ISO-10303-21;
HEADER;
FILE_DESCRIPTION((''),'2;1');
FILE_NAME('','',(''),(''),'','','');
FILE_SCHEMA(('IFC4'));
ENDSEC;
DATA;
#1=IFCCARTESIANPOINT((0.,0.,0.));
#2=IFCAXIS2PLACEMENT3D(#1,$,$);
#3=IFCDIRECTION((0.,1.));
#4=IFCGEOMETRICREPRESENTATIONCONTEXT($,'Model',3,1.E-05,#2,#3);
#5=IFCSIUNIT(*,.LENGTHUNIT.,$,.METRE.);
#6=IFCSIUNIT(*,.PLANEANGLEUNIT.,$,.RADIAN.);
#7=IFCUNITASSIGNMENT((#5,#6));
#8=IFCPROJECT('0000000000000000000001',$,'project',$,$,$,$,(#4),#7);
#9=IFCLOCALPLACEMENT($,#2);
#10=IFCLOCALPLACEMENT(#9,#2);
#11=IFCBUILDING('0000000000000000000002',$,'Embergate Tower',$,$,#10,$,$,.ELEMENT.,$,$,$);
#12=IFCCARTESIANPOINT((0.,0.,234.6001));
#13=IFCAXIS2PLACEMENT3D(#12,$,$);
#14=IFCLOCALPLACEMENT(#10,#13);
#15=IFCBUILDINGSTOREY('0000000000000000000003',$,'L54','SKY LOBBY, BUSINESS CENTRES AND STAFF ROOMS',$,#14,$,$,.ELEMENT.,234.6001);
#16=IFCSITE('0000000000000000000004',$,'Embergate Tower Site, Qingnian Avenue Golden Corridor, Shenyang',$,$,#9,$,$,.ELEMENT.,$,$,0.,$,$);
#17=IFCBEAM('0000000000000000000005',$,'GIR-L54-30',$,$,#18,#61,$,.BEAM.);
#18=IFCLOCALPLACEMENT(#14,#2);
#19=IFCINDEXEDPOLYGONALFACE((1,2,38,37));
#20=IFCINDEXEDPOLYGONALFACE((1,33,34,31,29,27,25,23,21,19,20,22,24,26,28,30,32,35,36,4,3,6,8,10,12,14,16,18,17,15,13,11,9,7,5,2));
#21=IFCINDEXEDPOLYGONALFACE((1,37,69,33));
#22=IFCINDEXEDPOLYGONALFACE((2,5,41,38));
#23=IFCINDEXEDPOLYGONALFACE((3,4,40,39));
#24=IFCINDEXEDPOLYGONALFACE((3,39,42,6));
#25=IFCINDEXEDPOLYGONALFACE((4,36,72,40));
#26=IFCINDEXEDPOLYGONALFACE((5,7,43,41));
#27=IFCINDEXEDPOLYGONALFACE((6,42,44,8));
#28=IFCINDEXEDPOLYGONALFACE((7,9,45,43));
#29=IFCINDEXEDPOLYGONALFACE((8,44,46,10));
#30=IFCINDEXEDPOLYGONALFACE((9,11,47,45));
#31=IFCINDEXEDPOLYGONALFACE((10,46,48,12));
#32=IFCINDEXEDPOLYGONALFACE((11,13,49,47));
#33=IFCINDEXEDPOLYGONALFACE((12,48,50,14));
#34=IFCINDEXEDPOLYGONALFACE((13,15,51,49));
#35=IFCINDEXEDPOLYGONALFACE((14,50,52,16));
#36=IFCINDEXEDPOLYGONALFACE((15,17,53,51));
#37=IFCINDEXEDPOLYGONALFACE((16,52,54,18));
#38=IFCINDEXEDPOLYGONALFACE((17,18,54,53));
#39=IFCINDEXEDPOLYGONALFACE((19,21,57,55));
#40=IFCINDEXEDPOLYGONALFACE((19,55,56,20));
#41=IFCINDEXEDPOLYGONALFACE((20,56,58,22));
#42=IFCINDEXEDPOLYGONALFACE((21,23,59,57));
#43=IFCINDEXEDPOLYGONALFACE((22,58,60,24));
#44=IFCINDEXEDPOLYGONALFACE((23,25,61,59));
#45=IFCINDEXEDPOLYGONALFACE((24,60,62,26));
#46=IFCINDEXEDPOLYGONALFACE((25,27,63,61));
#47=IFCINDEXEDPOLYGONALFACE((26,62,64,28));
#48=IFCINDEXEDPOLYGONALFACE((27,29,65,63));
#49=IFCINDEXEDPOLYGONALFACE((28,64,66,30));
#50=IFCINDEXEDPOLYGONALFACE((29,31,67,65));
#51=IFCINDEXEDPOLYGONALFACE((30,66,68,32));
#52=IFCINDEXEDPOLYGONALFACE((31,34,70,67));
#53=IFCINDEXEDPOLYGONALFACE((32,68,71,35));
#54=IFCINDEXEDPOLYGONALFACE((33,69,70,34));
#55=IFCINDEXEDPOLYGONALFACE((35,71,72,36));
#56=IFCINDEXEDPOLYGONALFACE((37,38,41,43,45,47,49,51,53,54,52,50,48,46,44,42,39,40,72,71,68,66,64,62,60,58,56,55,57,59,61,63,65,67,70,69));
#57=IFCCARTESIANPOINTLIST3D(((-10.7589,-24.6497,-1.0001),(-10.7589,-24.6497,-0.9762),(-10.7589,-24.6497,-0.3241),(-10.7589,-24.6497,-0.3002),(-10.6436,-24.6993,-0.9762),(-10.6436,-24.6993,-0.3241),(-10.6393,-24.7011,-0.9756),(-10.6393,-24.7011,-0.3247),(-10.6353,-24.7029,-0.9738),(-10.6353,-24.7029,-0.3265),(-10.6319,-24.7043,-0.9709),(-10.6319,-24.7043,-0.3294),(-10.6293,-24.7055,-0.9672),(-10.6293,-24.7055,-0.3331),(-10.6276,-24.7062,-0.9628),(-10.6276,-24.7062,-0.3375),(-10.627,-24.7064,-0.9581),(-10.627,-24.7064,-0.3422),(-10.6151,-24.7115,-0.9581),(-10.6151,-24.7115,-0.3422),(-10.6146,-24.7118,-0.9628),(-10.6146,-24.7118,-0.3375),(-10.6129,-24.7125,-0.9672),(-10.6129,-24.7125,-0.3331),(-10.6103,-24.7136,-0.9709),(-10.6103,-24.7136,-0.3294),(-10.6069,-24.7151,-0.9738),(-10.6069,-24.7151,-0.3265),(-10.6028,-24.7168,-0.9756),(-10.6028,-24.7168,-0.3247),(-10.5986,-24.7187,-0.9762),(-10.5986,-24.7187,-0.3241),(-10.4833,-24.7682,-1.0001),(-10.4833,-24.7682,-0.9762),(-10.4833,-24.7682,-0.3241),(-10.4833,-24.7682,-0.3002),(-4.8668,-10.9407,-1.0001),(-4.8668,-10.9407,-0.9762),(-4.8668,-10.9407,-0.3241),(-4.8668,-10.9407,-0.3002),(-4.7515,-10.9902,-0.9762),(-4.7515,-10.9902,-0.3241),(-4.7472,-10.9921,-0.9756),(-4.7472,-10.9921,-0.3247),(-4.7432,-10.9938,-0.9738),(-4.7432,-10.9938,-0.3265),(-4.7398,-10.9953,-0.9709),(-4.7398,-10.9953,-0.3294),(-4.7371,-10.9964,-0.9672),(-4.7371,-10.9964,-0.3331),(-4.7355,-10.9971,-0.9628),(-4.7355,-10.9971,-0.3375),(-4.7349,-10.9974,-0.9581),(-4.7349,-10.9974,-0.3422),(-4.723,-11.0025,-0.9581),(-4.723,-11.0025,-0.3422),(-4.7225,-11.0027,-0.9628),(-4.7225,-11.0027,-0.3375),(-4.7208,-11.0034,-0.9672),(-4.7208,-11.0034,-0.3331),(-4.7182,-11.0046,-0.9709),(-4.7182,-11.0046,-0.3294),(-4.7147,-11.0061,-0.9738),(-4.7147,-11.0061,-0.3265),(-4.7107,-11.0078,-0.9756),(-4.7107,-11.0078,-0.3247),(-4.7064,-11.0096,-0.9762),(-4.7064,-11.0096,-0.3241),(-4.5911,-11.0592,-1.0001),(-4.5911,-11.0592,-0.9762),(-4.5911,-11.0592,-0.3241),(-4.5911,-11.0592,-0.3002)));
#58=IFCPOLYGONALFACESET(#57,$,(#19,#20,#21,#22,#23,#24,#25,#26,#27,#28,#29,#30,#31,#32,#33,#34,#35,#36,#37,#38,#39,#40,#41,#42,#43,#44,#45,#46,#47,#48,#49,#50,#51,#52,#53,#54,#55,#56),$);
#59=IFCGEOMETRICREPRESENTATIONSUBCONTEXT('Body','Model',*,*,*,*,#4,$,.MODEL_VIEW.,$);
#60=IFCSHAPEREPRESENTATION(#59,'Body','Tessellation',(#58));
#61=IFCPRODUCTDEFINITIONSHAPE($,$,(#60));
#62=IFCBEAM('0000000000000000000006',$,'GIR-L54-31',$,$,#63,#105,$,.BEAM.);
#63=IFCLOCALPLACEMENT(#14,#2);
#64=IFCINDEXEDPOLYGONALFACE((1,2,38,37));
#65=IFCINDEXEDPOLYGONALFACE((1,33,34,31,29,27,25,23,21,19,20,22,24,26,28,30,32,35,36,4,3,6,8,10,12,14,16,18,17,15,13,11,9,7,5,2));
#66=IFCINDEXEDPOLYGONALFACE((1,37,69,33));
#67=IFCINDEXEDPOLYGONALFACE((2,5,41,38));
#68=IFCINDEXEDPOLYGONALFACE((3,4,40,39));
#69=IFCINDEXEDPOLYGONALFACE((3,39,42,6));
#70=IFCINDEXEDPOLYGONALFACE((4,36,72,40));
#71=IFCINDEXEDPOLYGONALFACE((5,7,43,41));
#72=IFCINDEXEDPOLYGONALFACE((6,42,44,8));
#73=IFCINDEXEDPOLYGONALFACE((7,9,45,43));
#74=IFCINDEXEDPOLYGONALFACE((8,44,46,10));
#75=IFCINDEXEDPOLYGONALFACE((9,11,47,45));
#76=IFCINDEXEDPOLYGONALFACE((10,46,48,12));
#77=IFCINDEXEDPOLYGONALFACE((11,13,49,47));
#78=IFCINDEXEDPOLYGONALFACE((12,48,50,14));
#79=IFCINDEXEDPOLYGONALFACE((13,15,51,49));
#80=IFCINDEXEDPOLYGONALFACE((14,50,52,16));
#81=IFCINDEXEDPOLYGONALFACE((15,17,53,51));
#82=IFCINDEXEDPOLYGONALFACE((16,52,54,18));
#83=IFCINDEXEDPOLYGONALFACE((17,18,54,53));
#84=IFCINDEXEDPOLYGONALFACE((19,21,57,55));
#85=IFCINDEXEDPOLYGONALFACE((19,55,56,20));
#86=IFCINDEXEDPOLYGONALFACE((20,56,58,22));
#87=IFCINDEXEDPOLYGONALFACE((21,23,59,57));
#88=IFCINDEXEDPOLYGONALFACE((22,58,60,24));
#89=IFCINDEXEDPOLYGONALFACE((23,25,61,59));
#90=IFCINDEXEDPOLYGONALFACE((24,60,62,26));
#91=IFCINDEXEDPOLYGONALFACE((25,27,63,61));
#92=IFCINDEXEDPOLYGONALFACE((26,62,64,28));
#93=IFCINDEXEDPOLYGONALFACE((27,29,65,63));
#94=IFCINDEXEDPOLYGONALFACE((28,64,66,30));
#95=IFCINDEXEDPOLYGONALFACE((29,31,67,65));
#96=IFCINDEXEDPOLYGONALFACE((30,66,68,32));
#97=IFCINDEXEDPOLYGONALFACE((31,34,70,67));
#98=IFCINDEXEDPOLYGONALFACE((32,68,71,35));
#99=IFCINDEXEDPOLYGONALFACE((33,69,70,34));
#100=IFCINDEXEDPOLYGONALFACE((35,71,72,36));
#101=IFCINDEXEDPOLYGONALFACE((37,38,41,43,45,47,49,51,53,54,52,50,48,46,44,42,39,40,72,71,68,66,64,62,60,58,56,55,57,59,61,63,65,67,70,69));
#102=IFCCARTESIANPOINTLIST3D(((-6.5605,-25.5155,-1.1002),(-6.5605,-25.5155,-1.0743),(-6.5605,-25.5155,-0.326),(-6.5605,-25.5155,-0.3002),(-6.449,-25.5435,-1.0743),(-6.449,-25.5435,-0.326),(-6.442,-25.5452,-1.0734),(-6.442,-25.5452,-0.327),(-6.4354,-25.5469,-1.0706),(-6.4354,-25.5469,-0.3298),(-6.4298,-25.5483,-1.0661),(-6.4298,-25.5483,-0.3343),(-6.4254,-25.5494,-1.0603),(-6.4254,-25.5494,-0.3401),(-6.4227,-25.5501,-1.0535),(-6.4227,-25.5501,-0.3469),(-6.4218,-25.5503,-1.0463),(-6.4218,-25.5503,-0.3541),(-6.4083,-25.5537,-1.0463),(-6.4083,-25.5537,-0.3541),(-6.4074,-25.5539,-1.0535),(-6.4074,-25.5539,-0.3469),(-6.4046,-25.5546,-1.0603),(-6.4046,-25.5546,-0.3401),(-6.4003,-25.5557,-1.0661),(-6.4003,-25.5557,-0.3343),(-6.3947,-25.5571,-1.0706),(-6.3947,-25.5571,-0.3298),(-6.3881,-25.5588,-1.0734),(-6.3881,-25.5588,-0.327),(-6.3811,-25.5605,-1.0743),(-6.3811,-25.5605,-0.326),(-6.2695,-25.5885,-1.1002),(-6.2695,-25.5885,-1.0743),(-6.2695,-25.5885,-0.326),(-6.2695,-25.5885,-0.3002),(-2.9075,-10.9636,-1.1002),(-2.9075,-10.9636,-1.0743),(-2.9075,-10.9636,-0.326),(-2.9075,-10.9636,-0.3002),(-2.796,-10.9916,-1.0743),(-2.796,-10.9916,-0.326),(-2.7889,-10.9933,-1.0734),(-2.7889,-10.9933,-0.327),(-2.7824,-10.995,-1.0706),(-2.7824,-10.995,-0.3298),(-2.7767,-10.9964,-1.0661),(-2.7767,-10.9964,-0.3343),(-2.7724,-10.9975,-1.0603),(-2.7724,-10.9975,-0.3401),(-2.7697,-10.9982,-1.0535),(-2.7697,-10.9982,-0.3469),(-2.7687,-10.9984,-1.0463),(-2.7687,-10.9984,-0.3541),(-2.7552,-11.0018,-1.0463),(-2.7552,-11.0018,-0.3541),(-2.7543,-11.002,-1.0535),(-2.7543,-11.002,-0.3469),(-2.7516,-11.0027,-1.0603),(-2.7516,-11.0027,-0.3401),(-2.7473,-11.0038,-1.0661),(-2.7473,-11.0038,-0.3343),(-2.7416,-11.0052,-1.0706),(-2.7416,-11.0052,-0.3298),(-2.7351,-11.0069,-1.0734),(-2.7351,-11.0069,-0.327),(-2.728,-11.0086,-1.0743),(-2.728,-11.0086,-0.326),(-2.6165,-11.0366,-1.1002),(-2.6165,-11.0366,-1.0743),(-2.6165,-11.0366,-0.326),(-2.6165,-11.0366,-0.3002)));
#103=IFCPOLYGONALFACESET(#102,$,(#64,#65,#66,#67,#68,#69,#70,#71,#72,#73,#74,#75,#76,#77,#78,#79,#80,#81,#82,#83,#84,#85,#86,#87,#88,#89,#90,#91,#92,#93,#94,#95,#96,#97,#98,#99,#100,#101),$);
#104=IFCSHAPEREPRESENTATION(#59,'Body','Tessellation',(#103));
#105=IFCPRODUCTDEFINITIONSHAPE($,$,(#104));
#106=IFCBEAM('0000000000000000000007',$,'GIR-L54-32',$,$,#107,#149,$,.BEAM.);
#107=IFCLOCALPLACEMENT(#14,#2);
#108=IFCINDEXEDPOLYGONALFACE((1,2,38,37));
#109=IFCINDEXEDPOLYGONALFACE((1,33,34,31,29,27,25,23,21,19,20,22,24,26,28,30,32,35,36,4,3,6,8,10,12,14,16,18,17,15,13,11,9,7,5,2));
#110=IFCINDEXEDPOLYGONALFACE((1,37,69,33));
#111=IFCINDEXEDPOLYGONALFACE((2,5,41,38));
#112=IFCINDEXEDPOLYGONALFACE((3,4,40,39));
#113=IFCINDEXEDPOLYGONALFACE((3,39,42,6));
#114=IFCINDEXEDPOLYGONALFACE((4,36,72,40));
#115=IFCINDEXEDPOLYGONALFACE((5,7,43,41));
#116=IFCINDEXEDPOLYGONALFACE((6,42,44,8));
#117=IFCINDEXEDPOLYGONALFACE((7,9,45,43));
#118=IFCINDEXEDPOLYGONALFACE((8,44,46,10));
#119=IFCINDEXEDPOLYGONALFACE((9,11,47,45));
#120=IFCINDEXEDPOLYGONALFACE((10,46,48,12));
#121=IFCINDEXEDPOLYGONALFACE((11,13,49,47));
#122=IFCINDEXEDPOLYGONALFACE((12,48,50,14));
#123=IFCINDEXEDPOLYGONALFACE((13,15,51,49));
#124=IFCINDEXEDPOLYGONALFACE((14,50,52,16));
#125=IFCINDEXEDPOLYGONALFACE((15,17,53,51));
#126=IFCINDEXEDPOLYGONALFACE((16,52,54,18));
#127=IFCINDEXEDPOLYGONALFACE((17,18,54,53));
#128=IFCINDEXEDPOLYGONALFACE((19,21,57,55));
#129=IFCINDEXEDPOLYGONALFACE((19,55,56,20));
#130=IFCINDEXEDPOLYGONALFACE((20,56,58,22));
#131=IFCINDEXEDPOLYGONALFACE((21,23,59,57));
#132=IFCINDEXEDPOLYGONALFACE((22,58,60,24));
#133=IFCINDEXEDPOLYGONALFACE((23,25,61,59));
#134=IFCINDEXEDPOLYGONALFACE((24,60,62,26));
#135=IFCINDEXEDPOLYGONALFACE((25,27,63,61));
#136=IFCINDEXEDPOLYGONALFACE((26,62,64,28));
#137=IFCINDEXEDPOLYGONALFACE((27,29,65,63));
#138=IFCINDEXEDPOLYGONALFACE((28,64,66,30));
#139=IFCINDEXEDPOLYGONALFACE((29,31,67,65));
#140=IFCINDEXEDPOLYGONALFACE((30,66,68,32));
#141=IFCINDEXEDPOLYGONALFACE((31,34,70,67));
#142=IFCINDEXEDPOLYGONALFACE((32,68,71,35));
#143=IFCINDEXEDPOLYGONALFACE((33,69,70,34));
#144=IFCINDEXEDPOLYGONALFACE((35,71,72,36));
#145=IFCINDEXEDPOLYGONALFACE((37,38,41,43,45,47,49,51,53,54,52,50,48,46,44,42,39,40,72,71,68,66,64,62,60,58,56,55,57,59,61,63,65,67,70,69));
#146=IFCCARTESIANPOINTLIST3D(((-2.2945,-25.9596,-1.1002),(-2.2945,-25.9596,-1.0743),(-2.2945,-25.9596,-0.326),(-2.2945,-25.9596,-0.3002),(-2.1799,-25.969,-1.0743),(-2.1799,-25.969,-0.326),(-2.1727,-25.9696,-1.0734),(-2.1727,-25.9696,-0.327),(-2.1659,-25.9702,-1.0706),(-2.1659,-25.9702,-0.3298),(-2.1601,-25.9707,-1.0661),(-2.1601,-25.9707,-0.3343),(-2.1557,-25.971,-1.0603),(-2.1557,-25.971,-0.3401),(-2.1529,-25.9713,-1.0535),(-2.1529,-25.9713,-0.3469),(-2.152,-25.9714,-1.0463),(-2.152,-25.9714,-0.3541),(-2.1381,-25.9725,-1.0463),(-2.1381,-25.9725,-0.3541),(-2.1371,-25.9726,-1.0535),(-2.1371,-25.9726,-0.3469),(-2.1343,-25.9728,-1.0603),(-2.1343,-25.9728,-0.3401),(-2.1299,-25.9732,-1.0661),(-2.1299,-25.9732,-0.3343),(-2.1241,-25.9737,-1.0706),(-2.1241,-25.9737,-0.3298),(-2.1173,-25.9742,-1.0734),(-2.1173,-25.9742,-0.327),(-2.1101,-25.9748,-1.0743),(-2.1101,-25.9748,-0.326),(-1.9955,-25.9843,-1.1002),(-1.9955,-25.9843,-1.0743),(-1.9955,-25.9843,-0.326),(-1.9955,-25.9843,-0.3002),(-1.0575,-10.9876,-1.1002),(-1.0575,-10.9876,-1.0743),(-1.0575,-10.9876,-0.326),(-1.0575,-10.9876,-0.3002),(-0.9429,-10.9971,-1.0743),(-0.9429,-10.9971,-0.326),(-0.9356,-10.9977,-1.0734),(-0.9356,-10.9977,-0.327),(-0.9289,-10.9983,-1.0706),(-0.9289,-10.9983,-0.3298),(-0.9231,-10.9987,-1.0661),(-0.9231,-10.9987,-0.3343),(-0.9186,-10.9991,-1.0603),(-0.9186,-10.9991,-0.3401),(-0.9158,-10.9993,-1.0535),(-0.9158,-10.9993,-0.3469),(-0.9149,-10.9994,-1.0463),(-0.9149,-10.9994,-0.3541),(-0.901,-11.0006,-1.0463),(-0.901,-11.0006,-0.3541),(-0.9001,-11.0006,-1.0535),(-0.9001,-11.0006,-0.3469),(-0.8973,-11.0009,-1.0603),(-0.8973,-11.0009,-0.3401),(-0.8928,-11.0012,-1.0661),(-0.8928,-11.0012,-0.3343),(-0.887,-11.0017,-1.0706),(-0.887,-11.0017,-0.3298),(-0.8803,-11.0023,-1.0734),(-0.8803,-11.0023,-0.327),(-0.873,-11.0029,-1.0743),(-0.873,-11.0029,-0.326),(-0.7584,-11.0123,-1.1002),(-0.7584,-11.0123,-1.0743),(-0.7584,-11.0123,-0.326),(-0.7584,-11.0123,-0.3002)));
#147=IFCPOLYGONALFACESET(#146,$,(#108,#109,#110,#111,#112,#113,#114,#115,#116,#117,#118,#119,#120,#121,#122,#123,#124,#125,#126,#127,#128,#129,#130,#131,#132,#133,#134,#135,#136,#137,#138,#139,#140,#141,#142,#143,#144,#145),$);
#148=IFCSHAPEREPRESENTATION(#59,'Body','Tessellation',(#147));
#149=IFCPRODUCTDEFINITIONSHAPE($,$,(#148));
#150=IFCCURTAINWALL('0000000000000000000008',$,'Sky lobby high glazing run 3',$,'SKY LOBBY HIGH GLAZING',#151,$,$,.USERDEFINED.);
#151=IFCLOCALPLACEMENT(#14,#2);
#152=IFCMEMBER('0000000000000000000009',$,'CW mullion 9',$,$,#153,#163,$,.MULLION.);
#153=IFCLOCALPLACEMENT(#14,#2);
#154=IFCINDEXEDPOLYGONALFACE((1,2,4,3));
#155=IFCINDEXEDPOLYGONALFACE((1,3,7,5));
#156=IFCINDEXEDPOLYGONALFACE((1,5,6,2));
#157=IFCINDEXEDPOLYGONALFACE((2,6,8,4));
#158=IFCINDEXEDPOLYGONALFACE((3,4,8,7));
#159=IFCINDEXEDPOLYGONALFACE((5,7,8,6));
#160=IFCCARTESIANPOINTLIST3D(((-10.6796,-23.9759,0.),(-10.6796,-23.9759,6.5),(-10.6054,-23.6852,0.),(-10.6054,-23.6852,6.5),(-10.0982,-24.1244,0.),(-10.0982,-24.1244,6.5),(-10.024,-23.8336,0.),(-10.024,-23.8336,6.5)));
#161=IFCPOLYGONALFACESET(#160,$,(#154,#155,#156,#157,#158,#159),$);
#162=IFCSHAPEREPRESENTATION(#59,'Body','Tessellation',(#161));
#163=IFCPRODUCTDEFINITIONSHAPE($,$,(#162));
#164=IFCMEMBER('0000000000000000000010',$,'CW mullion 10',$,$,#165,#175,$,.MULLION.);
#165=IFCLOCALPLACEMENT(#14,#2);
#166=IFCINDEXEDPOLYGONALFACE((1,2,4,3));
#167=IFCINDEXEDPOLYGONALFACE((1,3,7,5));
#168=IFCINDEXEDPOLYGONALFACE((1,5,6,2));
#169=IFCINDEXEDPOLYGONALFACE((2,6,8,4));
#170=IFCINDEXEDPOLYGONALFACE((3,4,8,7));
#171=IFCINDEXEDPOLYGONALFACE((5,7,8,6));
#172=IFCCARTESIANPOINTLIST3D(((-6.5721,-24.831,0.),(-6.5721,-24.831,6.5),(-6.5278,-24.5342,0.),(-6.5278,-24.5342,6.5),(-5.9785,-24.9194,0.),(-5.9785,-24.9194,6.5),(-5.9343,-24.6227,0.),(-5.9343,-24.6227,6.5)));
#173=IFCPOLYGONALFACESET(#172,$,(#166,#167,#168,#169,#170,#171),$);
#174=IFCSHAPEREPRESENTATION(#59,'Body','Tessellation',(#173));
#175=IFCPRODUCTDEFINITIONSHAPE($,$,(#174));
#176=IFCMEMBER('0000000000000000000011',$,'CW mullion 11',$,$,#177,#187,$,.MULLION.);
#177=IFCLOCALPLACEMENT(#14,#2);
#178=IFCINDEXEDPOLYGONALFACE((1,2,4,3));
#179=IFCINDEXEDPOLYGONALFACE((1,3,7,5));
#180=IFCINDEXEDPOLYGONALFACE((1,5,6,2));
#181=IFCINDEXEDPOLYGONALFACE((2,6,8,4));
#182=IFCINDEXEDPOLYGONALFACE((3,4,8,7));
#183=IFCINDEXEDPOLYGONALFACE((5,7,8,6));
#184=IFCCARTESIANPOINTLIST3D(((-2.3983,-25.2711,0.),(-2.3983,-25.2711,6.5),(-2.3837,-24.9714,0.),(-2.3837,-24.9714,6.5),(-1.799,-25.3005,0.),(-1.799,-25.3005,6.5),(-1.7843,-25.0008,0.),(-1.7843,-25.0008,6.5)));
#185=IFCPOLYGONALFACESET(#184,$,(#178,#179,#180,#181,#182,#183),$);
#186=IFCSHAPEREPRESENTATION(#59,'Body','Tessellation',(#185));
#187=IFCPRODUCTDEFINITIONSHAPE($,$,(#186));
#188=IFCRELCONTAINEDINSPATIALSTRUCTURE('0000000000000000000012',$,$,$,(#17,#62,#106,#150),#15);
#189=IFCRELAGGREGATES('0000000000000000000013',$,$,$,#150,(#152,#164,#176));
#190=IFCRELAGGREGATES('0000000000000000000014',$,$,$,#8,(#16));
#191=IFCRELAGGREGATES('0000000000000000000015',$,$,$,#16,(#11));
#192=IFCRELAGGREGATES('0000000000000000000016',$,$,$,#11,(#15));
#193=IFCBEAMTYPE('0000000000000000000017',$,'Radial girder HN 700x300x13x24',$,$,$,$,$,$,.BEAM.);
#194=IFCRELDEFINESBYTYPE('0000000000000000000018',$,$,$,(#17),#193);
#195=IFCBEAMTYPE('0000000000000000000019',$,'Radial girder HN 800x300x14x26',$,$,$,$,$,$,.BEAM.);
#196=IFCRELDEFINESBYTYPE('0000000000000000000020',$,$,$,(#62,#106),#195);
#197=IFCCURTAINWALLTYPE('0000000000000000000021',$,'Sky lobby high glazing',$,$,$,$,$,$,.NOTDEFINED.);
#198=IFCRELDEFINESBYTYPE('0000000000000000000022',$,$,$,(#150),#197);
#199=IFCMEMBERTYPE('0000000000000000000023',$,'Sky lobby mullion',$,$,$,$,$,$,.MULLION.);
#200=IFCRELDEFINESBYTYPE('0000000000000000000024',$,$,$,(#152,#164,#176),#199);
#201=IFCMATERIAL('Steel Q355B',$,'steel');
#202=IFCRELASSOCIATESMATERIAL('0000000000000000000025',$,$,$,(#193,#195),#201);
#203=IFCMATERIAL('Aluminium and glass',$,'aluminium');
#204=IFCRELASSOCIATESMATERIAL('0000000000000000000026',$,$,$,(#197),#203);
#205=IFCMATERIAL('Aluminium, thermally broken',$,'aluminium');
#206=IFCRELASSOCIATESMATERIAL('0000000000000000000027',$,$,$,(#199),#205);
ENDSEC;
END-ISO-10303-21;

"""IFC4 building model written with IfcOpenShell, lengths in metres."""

from ifc_helpers import new_model, si_unit, direction, frame, origin, origin_2d, place, context, subcontext, project, spatial, rectangle, i_section, extrude, source, transform, mapped, material, material_profile, profile_set, type_object, element, aggregate, save


model = new_model("IFC4")

# Units and contexts
model_context = context("Model", 3, precision=1e-05, world=origin(), true_north=direction((0.0, 1.0)))
body_context = subcontext(model_context, "Body", "Model", "MODEL_VIEW")
ifc_project = project(units=[si_unit("LENGTHUNIT", "METRE"), si_unit("PLANEANGLEUNIT", "RADIAN")], contexts=[model_context])

# Site, building, storey
site_placement = place(None, origin())
site = spatial("IfcSite", under=ifc_project, at=site_placement, Name="Embergate Tower Site, Qingnian Avenue Golden Corridor, Shenyang", CompositionType="ELEMENT", RefElevation=0.0)
building_placement = place(site_placement, origin())
building = spatial("IfcBuilding", under=site, at=building_placement, Name="Embergate Tower", CompositionType="ELEMENT")
storey_placement = place(building_placement, frame((0.0, 0.0, 234.6001)))
storey = spatial("IfcBuildingStorey", under=building, at=storey_placement, Name="L54", Description="SKY LOBBY, BUSINESS CENTRES AND STAFF ROOMS", CompositionType="ELEMENT", Elevation=234.6001)

# Beams
ifc_material_1 = material(Name="Steel Q355B", Category="steel")
ifc_material_profile_1 = material_profile(ifc_material_1, i_section(OverallWidth=0.3, OverallDepth=0.7, WebThickness=0.0129, FlangeThickness=0.0239, FilletRadius=0.0181, at=origin_2d()), Name="HN 700x300x13x24")
ifc_profile_set_1 = profile_set([ifc_material_profile_1], Name="Steel Q355 grade B")
beam_type_1 = type_object("IfcBeamType", Name="Radial girder HN 700x300x13x24", PredefinedType="BEAM", material=ifc_profile_set_1)
shared_shape_1 = source(origin(), body_context, "Body", "SweptSolid", [
    extrude(i_section(OverallWidth=0.3, OverallDepth=0.7, WebThickness=0.0129, FlangeThickness=0.0239, FilletRadius=0.0181, at=origin_2d()), origin(), (0.0, 0.0, 1.0), 14.9216),
])
beam_1_placement = place(storey_placement, frame((-10.6211, -24.709, -0.6501), z_axis=(0.394871, 0.918737, 0.0), x_axis=(-0.918737, 0.394871, 0.0)))
element("IfcBeam", 1, at=beam_1_placement, inside=storey, type_object=beam_type_1, Name="GIR-L54-30", PredefinedType="BEAM", context=body_context, shape_type="MappedRepresentation", body=[
    mapped(shared_shape_1, transform((0.0, 0.0, 0.0))),
])
ifc_material_profile_2 = material_profile(ifc_material_1, i_section(OverallWidth=0.3, OverallDepth=0.8, WebThickness=0.0139, FlangeThickness=0.0259, FilletRadius=0.0281, at=origin_2d()), Name="HN 800x300x14x26")
ifc_profile_set_2 = profile_set([ifc_material_profile_2], Name="Steel Q355 grade B")
beam_type_2 = type_object("IfcBeamType", Name="Radial girder HN 800x300x14x26", PredefinedType="BEAM", material=ifc_profile_set_2)
shared_shape_2 = source(origin(), body_context, "Body", "SweptSolid", [
    extrude(i_section(OverallWidth=0.3, OverallDepth=0.8, WebThickness=0.0139, FlangeThickness=0.0259, FilletRadius=0.0281, at=origin_2d()), origin(), (0.0, 0.0, 1.0), 15.0034),
])
beam_2_placement = place(storey_placement, frame((-6.415, -25.552, -0.7002), z_axis=(0.243481, 0.969906, 0.0), x_axis=(-0.969906, 0.243481, 0.0)))
element("IfcBeam", 2, at=beam_2_placement, inside=storey, type_object=beam_type_2, Name="GIR-L54-31", PredefinedType="BEAM", context=body_context, shape_type="MappedRepresentation", body=[
    mapped(shared_shape_2, transform((0.0, 0.0, 0.0))),
])
shared_shape_3 = source(origin(), body_context, "Body", "SweptSolid", [
    extrude(i_section(OverallWidth=0.3, OverallDepth=0.8, WebThickness=0.0139, FlangeThickness=0.0259, FilletRadius=0.0281, at=origin_2d()), origin(), (0.0, 0.0, 1.0), 15.0229),
])
beam_3_placement = place(storey_placement, frame((-2.145, -25.9719, -0.7002), z_axis=(0.082345, 0.996604, 0.0), x_axis=(-0.996604, 0.082345, 0.0)))
element("IfcBeam", 3, at=beam_3_placement, inside=storey, type_object=beam_type_2, Name="GIR-L54-32", PredefinedType="BEAM", context=body_context, shape_type="MappedRepresentation", body=[
    mapped(shared_shape_3, transform((0.0, 0.0, 0.0))),
])

# Curtain wall, members
ifc_material_2 = material(Name="Aluminium and glass", Category="aluminium")
curtain_wall_type = type_object("IfcCurtainWallType", Name="Sky lobby high glazing", PredefinedType="NOTDEFINED", material=ifc_material_2)
curtain_wall_placement = place(storey_placement, origin())
curtain_wall = element("IfcCurtainWall", 4, at=curtain_wall_placement, inside=storey, type_object=curtain_wall_type, Name="Sky lobby high glazing run 3", ObjectType="SKY LOBBY HIGH GLAZING", PredefinedType="USERDEFINED")
ifc_material_3 = material(Name="Aluminium, thermally broken", Category="aluminium")
ifc_material_profile_3 = material_profile(ifc_material_3, rectangle(XDim=0.3, YDim=0.6001, at=origin_2d()), Name="AL 600x300")
ifc_profile_set_3 = profile_set([ifc_material_profile_3], Name="Aluminium, thermally broken")
member_type_1 = type_object("IfcMemberType", Name="Sky lobby mullion", PredefinedType="MULLION", material=ifc_profile_set_3)
shared_shape_4 = source(origin(), body_context, "Body", "SweptSolid", [
    extrude(rectangle(XDim=0.3, YDim=0.6001, at=origin_2d()), origin(), (0.0, 0.0, 1.0), 6.5),
])
member_1_placement = place(storey_placement, frame((-10.3518, -23.9048, 0.0), z_axis=(0.0, 0.0, 1.0), x_axis=(0.247308, 0.968937, 0.0)))
member_1 = element("IfcMember", 5, at=member_1_placement, type_object=member_type_1, Name="CW mullion 9", PredefinedType="MULLION", context=body_context, shape_type="MappedRepresentation", body=[
    mapped(shared_shape_4, transform((0.0, 0.0, 0.0))),
])
member_2_placement = place(storey_placement, frame((-6.2532, -24.7268, 0.0), z_axis=(0.0, 0.0, 1.0), x_axis=(0.147411, 0.989075, 0.0)))
member_2 = element("IfcMember", 6, at=member_2_placement, type_object=member_type_1, Name="CW mullion 10", PredefinedType="MULLION", context=body_context, shape_type="MappedRepresentation", body=[
    mapped(shared_shape_4, transform((0.0, 0.0, 0.0))),
])
member_3_placement = place(storey_placement, frame((-2.0913, -25.136, 0.0), z_axis=(0.0, 0.0, 1.0), x_axis=(0.04897, 0.9988, 0.0)))
member_3 = element("IfcMember", 7, at=member_3_placement, type_object=member_type_1, Name="CW mullion 11", PredefinedType="MULLION", context=body_context, shape_type="MappedRepresentation", body=[
    mapped(shared_shape_4, transform((0.0, 0.0, 0.0))),
])

aggregate(curtain_wall, [member_1, member_2, member_3])

save(model, "model.ifc")
